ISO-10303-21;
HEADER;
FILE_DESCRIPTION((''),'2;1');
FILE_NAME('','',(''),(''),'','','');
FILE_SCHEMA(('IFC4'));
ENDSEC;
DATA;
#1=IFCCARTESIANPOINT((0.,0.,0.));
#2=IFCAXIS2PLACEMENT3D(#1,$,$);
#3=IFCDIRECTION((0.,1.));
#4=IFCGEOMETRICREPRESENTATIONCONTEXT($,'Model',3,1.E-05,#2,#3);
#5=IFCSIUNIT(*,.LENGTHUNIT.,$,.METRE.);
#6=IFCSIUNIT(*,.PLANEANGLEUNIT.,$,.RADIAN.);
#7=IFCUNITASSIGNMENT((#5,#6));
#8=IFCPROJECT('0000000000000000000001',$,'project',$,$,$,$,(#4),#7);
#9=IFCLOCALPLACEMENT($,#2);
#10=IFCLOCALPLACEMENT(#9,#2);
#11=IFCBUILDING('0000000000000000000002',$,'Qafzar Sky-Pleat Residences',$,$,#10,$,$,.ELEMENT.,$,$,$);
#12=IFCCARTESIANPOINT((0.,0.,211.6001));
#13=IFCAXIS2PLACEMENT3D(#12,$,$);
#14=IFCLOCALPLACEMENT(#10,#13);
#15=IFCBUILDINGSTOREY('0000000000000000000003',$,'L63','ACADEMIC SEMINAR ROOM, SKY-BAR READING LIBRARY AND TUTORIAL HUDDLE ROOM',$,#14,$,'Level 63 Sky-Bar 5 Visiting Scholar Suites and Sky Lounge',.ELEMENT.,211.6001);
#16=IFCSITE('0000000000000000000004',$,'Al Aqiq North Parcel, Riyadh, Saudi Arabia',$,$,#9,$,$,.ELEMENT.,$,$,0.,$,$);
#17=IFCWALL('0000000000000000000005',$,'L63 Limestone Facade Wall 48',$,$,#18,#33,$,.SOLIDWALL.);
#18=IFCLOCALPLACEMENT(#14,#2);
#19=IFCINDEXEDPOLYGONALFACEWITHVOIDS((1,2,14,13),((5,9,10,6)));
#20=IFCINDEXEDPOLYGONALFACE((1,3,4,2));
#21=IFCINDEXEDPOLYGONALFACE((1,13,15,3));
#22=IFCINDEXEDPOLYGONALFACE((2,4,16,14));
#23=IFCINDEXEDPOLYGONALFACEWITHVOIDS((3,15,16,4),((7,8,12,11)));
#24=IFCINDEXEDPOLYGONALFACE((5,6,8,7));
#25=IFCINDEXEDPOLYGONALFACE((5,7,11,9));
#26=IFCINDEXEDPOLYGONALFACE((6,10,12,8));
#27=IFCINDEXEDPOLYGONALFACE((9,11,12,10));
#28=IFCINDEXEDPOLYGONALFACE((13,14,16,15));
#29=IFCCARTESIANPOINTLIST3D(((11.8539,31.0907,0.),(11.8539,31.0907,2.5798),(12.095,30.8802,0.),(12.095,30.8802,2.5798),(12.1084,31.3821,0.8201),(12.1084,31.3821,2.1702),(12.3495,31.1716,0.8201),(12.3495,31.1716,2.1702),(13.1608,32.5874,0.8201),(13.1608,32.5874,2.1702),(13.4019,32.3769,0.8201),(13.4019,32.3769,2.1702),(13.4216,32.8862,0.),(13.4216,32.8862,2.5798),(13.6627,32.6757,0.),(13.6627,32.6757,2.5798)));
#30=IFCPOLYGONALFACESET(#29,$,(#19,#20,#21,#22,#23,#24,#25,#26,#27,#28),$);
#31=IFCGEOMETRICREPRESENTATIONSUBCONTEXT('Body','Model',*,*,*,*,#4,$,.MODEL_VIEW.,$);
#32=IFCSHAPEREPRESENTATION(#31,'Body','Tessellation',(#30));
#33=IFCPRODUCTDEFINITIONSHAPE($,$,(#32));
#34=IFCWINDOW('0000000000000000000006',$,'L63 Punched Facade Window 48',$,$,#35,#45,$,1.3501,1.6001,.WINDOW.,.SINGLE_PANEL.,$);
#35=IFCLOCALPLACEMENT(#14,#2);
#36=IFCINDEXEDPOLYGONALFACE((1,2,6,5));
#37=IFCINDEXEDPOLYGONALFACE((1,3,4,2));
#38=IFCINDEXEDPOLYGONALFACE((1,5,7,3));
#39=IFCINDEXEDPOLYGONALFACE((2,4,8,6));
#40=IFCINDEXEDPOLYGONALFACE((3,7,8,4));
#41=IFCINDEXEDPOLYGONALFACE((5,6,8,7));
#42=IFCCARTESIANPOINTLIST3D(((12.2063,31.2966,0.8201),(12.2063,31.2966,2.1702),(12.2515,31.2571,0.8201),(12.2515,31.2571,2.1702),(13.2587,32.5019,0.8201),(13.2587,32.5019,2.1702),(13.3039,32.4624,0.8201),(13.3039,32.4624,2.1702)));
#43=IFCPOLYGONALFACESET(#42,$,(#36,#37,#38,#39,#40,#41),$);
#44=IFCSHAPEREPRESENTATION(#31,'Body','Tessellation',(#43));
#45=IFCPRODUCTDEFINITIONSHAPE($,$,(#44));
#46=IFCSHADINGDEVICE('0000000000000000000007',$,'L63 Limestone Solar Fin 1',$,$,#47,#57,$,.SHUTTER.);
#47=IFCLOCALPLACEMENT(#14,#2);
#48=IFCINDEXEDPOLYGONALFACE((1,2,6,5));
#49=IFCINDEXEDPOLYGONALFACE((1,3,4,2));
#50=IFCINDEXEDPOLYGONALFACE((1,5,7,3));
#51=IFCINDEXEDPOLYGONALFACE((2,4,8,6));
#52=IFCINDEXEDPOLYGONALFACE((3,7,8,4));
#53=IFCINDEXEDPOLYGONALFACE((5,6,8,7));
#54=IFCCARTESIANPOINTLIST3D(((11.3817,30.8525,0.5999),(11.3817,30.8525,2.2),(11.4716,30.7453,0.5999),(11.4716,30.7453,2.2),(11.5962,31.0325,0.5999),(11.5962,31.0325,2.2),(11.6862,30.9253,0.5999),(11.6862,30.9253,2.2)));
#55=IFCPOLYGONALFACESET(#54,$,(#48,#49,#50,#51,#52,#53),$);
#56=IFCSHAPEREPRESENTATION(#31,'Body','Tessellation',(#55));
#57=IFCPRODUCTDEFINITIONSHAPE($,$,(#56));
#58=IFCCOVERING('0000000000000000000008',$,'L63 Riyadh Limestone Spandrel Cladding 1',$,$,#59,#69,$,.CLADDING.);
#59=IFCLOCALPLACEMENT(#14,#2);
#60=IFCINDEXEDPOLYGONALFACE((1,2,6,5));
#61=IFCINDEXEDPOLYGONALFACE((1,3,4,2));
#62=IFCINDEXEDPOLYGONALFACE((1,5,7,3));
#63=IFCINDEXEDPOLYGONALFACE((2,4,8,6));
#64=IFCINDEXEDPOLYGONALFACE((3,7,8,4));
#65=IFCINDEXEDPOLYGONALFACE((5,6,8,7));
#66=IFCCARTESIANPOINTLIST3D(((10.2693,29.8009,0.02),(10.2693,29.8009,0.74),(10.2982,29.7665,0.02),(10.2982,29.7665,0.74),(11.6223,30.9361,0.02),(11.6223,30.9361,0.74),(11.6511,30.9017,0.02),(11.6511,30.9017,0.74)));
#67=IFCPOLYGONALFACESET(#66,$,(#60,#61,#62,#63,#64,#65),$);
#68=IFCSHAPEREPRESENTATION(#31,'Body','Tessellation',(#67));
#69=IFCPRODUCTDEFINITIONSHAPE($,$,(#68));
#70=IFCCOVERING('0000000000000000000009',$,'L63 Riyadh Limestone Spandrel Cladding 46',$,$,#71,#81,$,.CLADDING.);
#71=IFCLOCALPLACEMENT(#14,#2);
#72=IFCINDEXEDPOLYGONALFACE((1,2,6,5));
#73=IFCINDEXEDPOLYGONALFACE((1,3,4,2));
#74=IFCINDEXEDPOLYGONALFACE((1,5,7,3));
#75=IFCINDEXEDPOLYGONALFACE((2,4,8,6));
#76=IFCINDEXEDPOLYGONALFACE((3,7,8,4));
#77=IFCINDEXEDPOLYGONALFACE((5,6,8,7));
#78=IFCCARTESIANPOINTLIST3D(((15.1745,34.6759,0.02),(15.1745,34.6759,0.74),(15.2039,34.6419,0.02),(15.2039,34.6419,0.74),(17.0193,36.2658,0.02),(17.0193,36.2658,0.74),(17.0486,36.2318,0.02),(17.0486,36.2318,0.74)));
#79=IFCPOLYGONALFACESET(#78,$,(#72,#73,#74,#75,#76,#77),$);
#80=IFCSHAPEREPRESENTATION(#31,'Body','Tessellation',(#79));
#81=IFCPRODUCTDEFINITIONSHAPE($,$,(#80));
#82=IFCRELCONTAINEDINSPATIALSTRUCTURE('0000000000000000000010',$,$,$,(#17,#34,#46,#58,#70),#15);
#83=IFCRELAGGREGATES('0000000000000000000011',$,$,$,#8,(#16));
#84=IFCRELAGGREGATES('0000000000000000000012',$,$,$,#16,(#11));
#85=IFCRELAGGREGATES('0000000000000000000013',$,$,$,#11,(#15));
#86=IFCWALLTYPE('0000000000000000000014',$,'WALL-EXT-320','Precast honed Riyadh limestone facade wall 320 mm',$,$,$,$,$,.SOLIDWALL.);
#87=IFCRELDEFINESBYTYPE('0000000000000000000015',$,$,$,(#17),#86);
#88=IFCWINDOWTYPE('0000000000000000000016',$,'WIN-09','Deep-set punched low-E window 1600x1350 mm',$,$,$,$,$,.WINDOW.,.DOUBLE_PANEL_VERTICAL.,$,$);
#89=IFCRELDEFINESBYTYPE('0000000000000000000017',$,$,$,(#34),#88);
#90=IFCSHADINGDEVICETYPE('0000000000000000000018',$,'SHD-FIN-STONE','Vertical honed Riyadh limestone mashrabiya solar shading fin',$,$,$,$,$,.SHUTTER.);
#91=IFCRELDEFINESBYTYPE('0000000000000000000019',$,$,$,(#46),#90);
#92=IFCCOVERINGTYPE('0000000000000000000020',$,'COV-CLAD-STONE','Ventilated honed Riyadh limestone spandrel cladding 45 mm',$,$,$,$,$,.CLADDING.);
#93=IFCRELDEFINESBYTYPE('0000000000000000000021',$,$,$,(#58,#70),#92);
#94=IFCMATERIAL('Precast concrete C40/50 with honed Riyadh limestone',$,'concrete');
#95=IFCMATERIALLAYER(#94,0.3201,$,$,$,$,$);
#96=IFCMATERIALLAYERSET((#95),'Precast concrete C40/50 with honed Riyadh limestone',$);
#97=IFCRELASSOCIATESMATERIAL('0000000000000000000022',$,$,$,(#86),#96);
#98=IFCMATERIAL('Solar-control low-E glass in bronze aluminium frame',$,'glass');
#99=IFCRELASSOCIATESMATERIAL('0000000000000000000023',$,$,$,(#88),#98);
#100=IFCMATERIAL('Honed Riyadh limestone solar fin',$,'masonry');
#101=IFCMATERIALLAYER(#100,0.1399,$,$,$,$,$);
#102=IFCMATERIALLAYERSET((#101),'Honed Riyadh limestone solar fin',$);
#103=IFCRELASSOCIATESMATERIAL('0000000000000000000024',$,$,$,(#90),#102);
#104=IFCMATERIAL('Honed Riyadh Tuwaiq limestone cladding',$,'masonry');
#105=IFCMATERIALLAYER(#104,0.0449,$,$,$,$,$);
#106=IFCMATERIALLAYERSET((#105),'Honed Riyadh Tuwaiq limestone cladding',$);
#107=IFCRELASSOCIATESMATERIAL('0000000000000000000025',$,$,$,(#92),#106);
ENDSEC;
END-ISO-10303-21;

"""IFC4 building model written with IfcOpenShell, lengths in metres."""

from ifc_helpers import new_model, si_unit, direction, frame, frame_2d, origin, origin_2d, place, context, subcontext, project, spatial, rectangle, extrude, source, transform, mapped, material, layer, layer_set, type_object, element, fill, save


model = new_model("IFC4")

# Units and contexts
model_context = context("Model", 3, precision=1e-05, world=origin(), true_north=direction((0.0, 1.0)))
body_context = subcontext(model_context, "Body", "Model", "MODEL_VIEW")
ifc_project = project(units=[si_unit("LENGTHUNIT", "METRE"), si_unit("PLANEANGLEUNIT", "RADIAN")], contexts=[model_context])

# Site, building, storey
site_placement = place(None, origin())
site = spatial("IfcSite", under=ifc_project, at=site_placement, Name="Al Aqiq North Parcel, Riyadh, Saudi Arabia", CompositionType="ELEMENT", RefElevation=0.0)
building_placement = place(site_placement, origin())
building = spatial("IfcBuilding", under=site, at=building_placement, Name="Qafzar Sky-Pleat Residences", CompositionType="ELEMENT")
storey_placement = place(building_placement, frame((0.0, 0.0, 211.6001)))
storey = spatial("IfcBuildingStorey", under=building, at=storey_placement, Name="L63", Description="ACADEMIC SEMINAR ROOM, SKY-BAR READING LIBRARY AND TUTORIAL HUDDLE ROOM", LongName="Level 63 Sky-Bar 5 Visiting Scholar Suites and Sky Lounge", CompositionType="ELEMENT", Elevation=211.6001)

# Shared definitions
ifc_material_1 = material(Name="Precast concrete C40/50 with honed Riyadh limestone", Category="concrete")

# Wall, opening, window
ifc_layer_1 = layer(ifc_material_1, 0.3201)
ifc_layer_set_1 = layer_set([ifc_layer_1], Name="Precast concrete C40/50 with honed Riyadh limestone")
wall_type_1 = type_object("IfcWallType", Name="WALL-EXT-320", Description="Precast honed Riyadh limestone facade wall 320 mm", PredefinedType="SOLIDWALL", material=ifc_layer_set_1)
ifc_material_2 = material(Name="Solar-control low-E glass in bronze aluminium frame", Category="glass")
wall_1_placement = place(storey_placement, frame((13.5422, 32.781, 0.0), z_axis=(0.0, 0.0, 1.0), x_axis=(-0.657707, -0.753274, 0.0)))
wall_1 = element("IfcWall", 1, at=wall_1_placement, inside=storey, type_object=wall_type_1, Name="L63 Limestone Facade Wall 48", PredefinedType="SOLIDWALL", context=body_context, shape_type="SweptSolid", body=[
    extrude(rectangle(XDim=2.3835, YDim=0.3201, at=frame_2d((1.1919, 0.0))), origin(), (0.0, 0.0, 1.0), 2.5798),
])
opening_1_placement = place(wall_1_placement, frame((0.3967, 0.0, 0.8201)))
opening_1 = element("IfcOpeningElement", 2, at=opening_1_placement, cuts=wall_1, PredefinedType="OPENING", context=body_context, shape_type="SweptSolid", body=[
    extrude(rectangle(XDim=1.6001, YDim=1.3501, at=frame_2d((0.8, 0.675))), frame((0.0, 0.1699, 0.0), z_axis=(0.0, -1.0, 0.0), x_axis=(1.0, 0.0, 0.0)), (0.0, 0.0, 1.0), 0.3401),
])
window_type_1 = type_object("IfcWindowType", Name="WIN-09", Description="Deep-set punched low-E window 1600x1350 mm", PartitioningType="DOUBLE_PANEL_VERTICAL", PredefinedType="WINDOW", material=ifc_material_2)
shared_shape_1 = source(origin(), body_context, "Body", "SweptSolid", [
    extrude(rectangle(XDim=1.6001, YDim=1.3501, at=frame_2d((0.8, 0.675))), frame((0.0, 0.03, 0.0), z_axis=(0.0, -1.0, 0.0), x_axis=(1.0, 0.0, 0.0)), (0.0, 0.0, 1.0), 0.0601),
])
window_1_placement = place(opening_1_placement, origin())
window_1 = element("IfcWindow", 3, at=window_1_placement, inside=storey, type_object=window_type_1, Name="L63 Punched Facade Window 48", OverallHeight=1.3501, OverallWidth=1.6001, PartitioningType="SINGLE_PANEL", PredefinedType="WINDOW", context=body_context, shape_type="MappedRepresentation", body=[
    mapped(shared_shape_1, transform((0.0, 0.0, 0.0), x_axis=(1.0, 0.0, 0.0), y_axis=(0.0, 1.0, 0.0), z_axis=(0.0, 0.0, 1.0), scale=1.0)),
])
fill(opening_1, window_1)

# Shading device
ifc_material_3 = material(Name="Honed Riyadh limestone solar fin", Category="masonry")
ifc_layer_2 = layer(ifc_material_3, 0.1399)
ifc_layer_set_2 = layer_set([ifc_layer_2], Name="Honed Riyadh limestone solar fin")
shading_device_type = type_object("IfcShadingDeviceType", Name="SHD-FIN-STONE", Description="Vertical honed Riyadh limestone mashrabiya solar shading fin", PredefinedType="SHUTTER", material=ifc_layer_set_2)
shared_shape_2 = source(origin(), body_context, "Body", "SweptSolid", [
    extrude(rectangle(XDim=0.1399, YDim=0.28, at=origin_2d()), origin(), (0.0, 0.0, 1.0), 1.6001),
])
shading_device_placement = place(storey_placement, frame((11.5339, 30.8889, 0.5999), z_axis=(0.0, 0.0, 1.0), x_axis=(-0.642754, 0.766072, 0.0)))
element("IfcShadingDevice", 4, at=shading_device_placement, inside=storey, type_object=shading_device_type, Name="L63 Limestone Solar Fin 1", PredefinedType="SHUTTER", context=body_context, shape_type="MappedRepresentation", body=[
    mapped(shared_shape_2, transform((0.0, 0.0, 0.0), x_axis=(1.0, 0.0, 0.0), y_axis=(0.0, 1.0, 0.0), z_axis=(0.0, 0.0, 1.0), scale=1.0)),
])

# Coverings
ifc_material_4 = material(Name="Honed Riyadh Tuwaiq limestone cladding", Category="masonry")
ifc_layer_3 = layer(ifc_material_4, 0.0449)
ifc_layer_set_3 = layer_set([ifc_layer_3], Name="Honed Riyadh Tuwaiq limestone cladding")
covering_type = type_object("IfcCoveringType", Name="COV-CLAD-STONE", Description="Ventilated honed Riyadh limestone spandrel cladding 45 mm", PredefinedType="CLADDING", material=ifc_layer_set_3)
shared_shape_3 = source(origin(), body_context, "Body", "SweptSolid", [
    extrude(rectangle(XDim=1.7661, YDim=0.0449, at=origin_2d()), origin(), (0.0, 0.0, 1.0), 0.72),
])
covering_1_placement = place(storey_placement, frame((10.9602, 30.3513, 0.02), z_axis=(0.0, 0.0, 1.0), x_axis=(-0.766074, -0.642752, 0.0)))
element("IfcCovering", 5, at=covering_1_placement, inside=storey, type_object=covering_type, Name="L63 Riyadh Limestone Spandrel Cladding 1", PredefinedType="CLADDING", context=body_context, shape_type="MappedRepresentation", body=[
    mapped(shared_shape_3, transform((0.0, 0.0, 0.0), x_axis=(1.0, 0.0, 0.0), y_axis=(0.0, 1.0, 0.0), z_axis=(0.0, 0.0, 1.0), scale=1.0)),
])
shared_shape_4 = source(origin(), body_context, "Body", "SweptSolid", [
    extrude(rectangle(XDim=2.4353, YDim=0.0449, at=origin_2d()), origin(), (0.0, 0.0, 1.0), 0.72),
])
covering_2_placement = place(storey_placement, frame((16.1116, 35.4539, 0.02), z_axis=(0.0, 0.0, 1.0), x_axis=(-0.757501, -0.652834, 0.0)))
element("IfcCovering", 6, at=covering_2_placement, inside=storey, type_object=covering_type, Name="L63 Riyadh Limestone Spandrel Cladding 46", PredefinedType="CLADDING", context=body_context, shape_type="MappedRepresentation", body=[
    mapped(shared_shape_4, transform((0.0, 0.0, 0.0), x_axis=(1.0, 0.0, 0.0), y_axis=(0.0, 1.0, 0.0), z_axis=(0.0, 0.0, 1.0), scale=1.0)),
])

save(model, "model.ifc")
